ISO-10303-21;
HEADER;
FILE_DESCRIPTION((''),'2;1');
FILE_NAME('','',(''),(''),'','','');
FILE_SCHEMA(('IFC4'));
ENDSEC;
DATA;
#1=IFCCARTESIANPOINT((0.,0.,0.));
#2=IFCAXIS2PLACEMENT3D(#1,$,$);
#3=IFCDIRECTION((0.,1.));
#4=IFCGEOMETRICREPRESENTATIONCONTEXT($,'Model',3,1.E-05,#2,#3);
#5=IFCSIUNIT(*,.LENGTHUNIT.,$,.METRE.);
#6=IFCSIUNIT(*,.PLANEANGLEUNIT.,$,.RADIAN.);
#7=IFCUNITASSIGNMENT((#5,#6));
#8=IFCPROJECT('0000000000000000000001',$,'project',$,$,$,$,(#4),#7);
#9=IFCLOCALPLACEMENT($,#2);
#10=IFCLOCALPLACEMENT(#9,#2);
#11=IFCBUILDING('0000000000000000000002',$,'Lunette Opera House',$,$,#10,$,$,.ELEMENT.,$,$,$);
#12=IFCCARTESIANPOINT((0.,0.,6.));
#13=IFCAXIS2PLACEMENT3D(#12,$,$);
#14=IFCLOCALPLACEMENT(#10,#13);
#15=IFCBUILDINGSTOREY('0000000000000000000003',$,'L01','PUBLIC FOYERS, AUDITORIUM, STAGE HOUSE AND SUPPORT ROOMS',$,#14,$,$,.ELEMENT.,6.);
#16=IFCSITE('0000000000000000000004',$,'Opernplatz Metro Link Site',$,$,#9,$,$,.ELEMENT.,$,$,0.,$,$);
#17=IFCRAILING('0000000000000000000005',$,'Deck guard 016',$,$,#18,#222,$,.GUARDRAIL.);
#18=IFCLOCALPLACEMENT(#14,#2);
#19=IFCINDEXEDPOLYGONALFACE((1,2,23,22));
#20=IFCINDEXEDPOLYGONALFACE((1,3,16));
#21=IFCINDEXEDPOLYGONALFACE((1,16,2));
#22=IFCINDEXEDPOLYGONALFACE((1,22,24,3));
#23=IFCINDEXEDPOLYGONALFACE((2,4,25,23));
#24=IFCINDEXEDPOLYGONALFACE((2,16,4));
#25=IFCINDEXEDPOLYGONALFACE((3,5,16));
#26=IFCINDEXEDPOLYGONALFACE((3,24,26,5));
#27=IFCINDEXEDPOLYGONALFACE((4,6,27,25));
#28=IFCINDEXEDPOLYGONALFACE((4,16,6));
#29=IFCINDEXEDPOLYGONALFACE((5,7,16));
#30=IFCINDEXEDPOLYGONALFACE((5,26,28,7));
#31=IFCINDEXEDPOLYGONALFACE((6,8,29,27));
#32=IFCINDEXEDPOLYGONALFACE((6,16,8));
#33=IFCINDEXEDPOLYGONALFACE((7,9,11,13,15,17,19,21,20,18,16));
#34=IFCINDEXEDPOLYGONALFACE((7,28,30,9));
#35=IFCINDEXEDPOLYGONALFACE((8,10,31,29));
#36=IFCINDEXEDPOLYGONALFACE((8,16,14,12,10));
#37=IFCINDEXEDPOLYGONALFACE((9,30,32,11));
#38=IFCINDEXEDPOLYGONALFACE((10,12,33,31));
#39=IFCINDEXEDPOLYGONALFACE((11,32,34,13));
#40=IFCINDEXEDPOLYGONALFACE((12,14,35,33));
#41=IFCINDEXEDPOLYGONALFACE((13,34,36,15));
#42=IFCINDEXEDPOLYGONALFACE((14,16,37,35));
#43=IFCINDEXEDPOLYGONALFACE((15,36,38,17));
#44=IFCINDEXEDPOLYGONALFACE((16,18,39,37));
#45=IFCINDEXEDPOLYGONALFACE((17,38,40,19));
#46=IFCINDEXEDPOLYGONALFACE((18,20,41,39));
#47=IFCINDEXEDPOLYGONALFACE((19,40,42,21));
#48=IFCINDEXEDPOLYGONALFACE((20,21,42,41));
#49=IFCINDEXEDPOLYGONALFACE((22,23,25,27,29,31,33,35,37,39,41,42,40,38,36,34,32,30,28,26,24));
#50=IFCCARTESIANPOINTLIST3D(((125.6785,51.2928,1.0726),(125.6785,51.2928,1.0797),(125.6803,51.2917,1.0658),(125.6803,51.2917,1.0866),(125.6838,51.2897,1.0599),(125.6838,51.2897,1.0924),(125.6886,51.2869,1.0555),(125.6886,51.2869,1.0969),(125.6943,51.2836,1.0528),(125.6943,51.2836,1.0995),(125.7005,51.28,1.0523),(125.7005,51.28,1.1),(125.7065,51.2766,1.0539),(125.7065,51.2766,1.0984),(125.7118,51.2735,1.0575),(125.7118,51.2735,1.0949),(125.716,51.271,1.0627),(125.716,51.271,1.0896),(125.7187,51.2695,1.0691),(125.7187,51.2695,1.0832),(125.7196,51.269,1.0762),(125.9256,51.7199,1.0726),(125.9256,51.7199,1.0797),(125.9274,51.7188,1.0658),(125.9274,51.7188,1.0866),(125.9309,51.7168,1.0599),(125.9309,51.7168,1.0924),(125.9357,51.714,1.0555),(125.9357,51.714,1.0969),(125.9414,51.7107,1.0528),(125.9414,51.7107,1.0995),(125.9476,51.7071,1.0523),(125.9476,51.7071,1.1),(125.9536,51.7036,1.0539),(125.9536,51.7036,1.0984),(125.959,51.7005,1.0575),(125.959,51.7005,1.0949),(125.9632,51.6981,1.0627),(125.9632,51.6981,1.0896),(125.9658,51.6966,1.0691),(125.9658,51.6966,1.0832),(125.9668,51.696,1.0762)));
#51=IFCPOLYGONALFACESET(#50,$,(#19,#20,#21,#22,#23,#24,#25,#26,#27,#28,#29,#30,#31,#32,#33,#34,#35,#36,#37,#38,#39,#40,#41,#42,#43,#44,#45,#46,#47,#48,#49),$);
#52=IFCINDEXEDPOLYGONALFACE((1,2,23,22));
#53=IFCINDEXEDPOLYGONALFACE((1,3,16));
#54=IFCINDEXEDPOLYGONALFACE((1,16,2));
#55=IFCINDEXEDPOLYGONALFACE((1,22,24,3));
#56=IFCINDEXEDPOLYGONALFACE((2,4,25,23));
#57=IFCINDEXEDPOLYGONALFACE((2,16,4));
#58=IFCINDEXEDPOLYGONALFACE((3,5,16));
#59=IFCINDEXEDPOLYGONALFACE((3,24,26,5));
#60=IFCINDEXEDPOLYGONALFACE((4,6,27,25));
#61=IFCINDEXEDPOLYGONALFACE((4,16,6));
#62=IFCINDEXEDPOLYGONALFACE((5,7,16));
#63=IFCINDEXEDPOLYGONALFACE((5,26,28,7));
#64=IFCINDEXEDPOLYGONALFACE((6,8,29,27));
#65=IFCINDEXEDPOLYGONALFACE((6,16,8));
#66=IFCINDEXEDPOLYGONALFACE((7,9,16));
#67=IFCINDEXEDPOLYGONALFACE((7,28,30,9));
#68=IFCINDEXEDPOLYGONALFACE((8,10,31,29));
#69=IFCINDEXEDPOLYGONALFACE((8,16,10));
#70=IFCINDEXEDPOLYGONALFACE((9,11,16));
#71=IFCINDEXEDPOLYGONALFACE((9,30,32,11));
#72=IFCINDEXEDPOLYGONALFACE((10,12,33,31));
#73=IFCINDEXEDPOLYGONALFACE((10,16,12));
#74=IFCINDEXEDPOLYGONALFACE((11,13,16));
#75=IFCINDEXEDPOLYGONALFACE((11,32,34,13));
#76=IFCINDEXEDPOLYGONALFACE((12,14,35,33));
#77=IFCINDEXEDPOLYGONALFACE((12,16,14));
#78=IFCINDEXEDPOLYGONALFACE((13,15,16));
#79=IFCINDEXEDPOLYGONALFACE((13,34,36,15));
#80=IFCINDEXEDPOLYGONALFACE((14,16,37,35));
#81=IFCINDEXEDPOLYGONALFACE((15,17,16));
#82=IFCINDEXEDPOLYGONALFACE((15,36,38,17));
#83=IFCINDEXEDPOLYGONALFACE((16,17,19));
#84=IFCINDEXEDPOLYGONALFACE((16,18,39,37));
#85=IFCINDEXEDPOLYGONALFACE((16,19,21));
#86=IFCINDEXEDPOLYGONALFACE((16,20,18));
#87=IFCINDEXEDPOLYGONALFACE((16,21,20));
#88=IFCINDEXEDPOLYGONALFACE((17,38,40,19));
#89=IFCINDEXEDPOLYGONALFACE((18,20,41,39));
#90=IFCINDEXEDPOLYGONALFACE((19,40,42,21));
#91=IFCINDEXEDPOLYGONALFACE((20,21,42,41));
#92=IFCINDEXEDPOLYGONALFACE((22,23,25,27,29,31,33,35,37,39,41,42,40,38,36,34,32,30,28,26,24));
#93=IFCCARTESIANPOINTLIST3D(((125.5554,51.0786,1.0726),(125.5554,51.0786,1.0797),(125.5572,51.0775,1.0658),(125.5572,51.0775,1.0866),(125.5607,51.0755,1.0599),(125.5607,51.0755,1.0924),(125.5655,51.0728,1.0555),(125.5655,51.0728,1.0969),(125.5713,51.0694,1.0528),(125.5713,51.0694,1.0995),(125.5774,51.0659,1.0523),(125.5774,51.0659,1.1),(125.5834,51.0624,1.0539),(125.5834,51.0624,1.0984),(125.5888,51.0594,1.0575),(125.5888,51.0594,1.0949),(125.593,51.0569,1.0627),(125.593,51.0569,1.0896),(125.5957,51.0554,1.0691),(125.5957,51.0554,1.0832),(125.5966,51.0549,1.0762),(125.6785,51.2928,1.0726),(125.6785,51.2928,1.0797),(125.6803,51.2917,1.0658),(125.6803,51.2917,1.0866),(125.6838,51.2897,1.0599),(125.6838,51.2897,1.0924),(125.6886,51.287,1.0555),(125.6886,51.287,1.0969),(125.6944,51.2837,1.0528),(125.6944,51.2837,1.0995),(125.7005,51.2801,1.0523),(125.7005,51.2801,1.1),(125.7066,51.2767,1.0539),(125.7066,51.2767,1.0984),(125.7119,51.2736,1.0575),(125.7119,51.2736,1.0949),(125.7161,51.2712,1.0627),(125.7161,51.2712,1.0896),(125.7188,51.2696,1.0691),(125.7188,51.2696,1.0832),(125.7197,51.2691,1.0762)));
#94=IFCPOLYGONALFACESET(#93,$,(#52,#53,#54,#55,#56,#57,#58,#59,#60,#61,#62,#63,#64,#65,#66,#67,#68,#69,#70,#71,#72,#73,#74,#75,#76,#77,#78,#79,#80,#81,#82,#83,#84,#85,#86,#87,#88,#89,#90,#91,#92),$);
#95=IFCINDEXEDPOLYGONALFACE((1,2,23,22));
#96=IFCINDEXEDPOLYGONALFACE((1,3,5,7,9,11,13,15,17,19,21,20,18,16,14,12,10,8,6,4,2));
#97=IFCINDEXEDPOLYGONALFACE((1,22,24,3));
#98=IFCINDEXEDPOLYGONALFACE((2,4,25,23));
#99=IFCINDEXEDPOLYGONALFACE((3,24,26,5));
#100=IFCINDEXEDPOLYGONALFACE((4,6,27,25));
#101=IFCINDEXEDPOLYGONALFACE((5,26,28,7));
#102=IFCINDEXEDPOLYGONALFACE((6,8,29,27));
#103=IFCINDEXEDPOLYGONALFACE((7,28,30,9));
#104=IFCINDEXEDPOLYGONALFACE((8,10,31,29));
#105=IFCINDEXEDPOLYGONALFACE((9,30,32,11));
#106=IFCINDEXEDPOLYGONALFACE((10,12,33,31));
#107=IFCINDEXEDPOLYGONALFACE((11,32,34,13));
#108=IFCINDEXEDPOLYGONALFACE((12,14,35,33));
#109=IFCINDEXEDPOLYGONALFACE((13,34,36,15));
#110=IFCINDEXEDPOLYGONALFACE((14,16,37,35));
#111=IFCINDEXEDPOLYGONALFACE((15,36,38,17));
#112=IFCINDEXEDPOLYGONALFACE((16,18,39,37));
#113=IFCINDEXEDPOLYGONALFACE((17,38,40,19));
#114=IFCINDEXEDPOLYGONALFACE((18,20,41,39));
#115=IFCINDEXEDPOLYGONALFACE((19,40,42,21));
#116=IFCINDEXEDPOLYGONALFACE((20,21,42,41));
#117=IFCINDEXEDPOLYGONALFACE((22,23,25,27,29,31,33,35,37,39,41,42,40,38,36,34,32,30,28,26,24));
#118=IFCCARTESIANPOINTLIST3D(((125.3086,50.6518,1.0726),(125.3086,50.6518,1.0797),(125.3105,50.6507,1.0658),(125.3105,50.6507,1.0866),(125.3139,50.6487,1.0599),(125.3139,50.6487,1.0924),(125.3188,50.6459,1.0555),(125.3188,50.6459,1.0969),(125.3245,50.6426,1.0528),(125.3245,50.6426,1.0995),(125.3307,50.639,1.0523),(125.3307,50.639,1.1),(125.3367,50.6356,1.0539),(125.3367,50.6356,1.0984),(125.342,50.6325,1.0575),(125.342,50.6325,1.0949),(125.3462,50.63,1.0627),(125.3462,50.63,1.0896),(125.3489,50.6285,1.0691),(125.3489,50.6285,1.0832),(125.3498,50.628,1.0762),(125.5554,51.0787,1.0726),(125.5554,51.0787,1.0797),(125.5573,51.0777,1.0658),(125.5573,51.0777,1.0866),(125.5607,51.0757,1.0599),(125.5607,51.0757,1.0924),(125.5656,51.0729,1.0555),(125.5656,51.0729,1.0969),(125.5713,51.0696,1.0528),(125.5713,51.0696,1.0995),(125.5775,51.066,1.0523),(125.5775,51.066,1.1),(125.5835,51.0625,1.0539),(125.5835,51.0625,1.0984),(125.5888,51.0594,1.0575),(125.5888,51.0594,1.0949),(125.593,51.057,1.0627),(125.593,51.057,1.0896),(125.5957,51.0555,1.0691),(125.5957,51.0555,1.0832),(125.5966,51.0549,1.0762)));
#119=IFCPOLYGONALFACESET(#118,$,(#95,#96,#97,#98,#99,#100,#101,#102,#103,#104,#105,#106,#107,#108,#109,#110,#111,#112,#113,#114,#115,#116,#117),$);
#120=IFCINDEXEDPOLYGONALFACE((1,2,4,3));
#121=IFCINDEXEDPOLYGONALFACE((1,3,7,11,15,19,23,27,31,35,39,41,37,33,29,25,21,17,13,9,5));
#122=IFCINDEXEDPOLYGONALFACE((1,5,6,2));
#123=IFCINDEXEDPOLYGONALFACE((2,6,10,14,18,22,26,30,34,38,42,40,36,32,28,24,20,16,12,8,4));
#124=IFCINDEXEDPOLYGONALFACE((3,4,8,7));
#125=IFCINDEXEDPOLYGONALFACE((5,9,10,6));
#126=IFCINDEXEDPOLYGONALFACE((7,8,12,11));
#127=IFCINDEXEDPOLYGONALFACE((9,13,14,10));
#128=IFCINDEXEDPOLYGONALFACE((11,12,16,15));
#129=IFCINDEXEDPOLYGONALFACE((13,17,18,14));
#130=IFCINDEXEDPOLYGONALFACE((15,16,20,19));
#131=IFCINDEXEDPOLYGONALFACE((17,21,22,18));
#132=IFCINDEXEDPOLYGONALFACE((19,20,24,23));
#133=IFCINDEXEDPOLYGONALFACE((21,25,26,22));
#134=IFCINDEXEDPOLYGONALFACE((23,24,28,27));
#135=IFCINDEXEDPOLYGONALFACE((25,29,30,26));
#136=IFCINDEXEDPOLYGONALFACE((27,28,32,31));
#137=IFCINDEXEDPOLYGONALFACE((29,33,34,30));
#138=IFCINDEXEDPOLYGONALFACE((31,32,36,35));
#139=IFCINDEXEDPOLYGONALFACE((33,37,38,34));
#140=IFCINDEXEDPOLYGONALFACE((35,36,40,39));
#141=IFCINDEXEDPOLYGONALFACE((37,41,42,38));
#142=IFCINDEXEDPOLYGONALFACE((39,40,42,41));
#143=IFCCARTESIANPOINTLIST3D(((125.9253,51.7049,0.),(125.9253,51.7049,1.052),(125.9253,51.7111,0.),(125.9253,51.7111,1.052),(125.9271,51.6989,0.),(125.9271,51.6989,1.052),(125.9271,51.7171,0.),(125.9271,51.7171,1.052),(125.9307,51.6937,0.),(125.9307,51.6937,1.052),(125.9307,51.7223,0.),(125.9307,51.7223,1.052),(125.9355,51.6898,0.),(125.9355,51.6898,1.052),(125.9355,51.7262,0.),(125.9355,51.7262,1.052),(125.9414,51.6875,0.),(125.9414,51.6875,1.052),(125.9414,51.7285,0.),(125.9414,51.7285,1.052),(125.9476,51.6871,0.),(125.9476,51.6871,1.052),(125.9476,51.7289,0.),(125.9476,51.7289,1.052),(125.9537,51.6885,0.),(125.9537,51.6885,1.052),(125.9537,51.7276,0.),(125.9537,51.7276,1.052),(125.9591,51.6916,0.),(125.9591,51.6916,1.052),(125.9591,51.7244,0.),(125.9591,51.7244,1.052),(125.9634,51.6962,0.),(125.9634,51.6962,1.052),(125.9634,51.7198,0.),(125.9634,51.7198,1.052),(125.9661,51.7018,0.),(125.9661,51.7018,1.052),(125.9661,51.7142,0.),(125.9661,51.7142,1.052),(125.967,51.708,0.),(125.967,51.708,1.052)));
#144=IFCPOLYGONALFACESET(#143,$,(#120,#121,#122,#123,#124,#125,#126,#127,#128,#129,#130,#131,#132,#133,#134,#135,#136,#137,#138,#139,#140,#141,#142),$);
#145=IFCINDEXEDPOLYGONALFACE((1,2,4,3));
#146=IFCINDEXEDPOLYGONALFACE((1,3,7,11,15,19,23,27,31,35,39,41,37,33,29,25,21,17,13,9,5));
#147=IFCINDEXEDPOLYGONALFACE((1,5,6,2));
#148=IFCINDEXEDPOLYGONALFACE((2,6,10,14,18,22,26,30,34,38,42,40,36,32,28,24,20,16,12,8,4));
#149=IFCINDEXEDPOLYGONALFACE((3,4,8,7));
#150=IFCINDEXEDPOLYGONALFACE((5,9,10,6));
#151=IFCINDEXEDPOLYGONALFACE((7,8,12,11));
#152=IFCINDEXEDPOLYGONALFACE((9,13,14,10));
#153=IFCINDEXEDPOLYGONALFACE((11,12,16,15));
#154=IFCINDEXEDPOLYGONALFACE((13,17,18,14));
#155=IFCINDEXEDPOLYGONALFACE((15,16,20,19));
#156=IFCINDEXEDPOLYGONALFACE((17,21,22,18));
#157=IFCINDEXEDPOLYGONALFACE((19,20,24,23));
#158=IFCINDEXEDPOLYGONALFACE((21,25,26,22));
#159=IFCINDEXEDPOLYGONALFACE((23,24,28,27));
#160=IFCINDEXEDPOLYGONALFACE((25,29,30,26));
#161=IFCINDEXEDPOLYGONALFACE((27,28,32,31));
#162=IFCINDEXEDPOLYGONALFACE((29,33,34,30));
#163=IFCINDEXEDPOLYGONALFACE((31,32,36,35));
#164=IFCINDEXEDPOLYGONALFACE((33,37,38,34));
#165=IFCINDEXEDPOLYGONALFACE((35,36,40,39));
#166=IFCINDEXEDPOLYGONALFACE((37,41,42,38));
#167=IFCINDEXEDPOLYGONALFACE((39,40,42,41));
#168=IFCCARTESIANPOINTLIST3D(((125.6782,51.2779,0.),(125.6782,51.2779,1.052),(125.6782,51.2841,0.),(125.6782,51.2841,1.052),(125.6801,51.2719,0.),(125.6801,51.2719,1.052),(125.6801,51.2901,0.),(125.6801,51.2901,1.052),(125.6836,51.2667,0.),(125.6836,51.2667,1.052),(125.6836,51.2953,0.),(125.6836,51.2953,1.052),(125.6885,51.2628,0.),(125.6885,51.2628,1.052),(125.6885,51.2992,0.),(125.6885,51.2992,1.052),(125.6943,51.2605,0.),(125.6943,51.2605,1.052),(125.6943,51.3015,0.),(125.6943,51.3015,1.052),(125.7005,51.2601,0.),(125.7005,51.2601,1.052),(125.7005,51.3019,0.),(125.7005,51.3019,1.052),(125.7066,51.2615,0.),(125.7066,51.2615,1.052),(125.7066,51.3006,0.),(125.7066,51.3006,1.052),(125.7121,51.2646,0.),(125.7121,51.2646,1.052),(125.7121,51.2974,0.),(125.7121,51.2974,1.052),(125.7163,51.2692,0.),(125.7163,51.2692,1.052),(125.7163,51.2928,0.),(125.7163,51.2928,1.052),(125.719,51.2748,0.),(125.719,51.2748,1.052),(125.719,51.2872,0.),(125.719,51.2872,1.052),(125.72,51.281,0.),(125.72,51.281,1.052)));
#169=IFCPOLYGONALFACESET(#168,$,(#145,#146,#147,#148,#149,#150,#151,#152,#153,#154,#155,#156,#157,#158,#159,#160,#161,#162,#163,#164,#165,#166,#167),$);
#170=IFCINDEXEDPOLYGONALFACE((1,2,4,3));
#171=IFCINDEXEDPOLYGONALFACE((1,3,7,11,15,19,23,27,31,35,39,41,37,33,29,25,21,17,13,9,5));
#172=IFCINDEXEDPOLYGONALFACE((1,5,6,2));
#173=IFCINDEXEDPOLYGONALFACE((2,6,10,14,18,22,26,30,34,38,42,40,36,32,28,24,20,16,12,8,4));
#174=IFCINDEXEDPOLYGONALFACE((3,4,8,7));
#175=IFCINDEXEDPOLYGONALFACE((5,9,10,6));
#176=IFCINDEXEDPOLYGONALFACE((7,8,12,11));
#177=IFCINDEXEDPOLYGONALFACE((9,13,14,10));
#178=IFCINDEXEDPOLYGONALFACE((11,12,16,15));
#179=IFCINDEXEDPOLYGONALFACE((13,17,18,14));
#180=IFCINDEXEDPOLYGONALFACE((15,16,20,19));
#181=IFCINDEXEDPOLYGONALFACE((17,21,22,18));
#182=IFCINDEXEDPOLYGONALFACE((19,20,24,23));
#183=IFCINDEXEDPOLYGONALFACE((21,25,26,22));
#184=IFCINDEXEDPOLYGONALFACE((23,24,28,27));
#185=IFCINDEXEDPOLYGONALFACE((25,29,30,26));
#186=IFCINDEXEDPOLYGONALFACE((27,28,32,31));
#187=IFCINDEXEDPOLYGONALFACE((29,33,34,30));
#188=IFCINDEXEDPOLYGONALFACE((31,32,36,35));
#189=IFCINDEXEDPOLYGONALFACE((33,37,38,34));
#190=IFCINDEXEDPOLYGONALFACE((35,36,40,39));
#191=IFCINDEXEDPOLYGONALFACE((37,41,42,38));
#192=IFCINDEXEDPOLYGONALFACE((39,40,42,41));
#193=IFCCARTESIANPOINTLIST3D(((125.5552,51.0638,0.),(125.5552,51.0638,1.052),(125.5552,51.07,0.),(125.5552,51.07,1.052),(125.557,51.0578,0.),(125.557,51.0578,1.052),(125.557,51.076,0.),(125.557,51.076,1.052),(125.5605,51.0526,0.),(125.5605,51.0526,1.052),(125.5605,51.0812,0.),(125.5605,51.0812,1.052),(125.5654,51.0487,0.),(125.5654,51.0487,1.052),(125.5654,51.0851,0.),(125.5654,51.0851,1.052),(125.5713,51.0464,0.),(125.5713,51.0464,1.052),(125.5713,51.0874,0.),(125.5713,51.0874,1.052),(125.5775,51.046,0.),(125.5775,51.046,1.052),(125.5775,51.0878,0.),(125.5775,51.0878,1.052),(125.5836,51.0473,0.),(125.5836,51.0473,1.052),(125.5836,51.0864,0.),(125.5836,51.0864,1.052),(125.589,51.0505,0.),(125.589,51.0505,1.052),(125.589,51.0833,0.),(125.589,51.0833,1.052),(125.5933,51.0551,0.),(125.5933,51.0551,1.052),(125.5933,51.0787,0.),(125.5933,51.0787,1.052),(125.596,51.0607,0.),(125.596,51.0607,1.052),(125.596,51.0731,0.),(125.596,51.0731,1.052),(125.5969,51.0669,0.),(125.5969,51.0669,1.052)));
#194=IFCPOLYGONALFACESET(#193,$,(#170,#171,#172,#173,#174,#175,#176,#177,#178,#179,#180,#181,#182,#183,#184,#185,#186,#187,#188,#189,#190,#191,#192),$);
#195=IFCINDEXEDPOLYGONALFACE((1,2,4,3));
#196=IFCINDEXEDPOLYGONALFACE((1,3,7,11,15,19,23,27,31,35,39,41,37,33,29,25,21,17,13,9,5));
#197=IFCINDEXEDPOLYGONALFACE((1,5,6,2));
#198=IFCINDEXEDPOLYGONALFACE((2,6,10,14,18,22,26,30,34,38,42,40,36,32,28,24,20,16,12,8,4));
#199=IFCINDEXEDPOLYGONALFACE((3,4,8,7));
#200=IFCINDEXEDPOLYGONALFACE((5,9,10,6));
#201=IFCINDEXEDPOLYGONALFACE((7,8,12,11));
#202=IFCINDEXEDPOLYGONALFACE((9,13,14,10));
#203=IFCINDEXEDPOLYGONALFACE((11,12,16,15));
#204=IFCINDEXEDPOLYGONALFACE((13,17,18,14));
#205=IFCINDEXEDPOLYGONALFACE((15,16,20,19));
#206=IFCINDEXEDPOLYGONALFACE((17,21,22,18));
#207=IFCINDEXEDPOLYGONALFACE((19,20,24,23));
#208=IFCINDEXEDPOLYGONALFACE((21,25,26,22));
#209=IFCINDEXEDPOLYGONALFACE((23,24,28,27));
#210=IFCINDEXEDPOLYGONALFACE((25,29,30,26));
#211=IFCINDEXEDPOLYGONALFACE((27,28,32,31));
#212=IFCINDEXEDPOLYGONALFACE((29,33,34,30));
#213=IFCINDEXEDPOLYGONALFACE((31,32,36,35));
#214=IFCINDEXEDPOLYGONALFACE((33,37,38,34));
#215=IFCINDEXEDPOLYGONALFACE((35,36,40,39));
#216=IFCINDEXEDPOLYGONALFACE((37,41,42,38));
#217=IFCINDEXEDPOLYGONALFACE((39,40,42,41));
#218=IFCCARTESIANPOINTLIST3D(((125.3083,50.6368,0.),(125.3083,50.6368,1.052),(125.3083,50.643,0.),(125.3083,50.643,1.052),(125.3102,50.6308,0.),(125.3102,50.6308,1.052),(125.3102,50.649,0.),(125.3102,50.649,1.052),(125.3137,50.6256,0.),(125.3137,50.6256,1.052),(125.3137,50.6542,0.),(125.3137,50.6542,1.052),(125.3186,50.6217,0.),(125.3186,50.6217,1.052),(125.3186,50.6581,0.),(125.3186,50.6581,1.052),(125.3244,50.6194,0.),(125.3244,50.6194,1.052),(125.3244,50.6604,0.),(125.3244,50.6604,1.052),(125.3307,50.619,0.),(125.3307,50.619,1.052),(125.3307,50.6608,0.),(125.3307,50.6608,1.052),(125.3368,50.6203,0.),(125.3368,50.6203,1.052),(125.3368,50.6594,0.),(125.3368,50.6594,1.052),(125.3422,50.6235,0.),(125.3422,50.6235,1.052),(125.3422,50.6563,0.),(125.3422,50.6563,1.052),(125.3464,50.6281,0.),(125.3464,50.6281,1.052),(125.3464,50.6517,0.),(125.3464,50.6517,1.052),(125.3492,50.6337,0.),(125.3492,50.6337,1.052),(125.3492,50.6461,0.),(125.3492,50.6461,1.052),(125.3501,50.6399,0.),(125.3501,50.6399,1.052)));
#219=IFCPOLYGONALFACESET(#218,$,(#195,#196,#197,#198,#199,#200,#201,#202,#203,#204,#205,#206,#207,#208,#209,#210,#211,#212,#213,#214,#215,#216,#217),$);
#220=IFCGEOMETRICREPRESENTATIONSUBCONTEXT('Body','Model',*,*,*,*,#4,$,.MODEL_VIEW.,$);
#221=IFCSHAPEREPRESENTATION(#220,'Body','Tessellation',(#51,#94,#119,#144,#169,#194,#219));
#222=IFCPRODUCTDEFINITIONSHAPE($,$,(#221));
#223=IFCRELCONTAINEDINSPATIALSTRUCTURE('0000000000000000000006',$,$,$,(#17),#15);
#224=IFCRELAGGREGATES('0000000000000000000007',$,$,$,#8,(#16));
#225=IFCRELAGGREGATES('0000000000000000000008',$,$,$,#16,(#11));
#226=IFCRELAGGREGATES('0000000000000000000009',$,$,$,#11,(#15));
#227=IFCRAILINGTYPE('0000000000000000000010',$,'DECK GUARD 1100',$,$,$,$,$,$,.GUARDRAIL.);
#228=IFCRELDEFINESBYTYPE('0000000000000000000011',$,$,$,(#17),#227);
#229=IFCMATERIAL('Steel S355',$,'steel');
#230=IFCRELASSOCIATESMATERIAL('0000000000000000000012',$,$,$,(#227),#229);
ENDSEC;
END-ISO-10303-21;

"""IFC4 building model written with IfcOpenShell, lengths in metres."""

from ifc_helpers import new_model, si_unit, direction, frame, origin, origin_2d, place, context, subcontext, project, spatial, circle, extrude, material, type_object, element, save


model = new_model("IFC4")

# Units and contexts
model_context = context("Model", 3, precision=1e-05, world=origin(), true_north=direction((0.0, 1.0)))
body_context = subcontext(model_context, "Body", "Model", "MODEL_VIEW")
ifc_project = project(units=[si_unit("LENGTHUNIT", "METRE"), si_unit("PLANEANGLEUNIT", "RADIAN")], contexts=[model_context])

# Site, building, storey
site_placement = place(None, origin())
site = spatial("IfcSite", under=ifc_project, at=site_placement, Name="Opernplatz Metro Link Site", CompositionType="ELEMENT", RefElevation=0.0)
building_placement = place(site_placement, origin())
building = spatial("IfcBuilding", under=site, at=building_placement, Name="Lunette Opera House", CompositionType="ELEMENT")
storey_placement = place(building_placement, frame((0.0, 0.0, 6.0)))
storey = spatial("IfcBuildingStorey", under=building, at=storey_placement, Name="L01", Description="PUBLIC FOYERS, AUDITORIUM, STAGE HOUSE AND SUPPORT ROOMS", CompositionType="ELEMENT", Elevation=6.0)

# Railing
ifc_material_1 = material(Name="Steel S355", Category="steel")
railing_type_1 = type_object("IfcRailingType", Name="DECK GUARD 1100", PredefinedType="GUARDRAIL", material=ifc_material_1)
railing_1_placement = place(storey_placement, frame((125.946, 51.708, 0.0)))
element("IfcRailing", 1, at=railing_1_placement, inside=storey, type_object=railing_type_1, Name="Deck guard 016", PredefinedType="GUARDRAIL", context=body_context, shape_type="SweptSolid", body=[
    extrude(circle(Radius=0.0239, at=origin_2d()), frame((0.0, 0.0, 1.0762), z_axis=(-0.500822, -0.86555, 0.0), x_axis=(0.86555, -0.500822, 0.0)), (0.0, 0.0, 1.0), 0.4934),
    extrude(circle(Radius=0.0239, at=origin_2d()), frame((-0.2471, -0.427, 1.0762), z_axis=(-0.498267, -0.867024, 0.0), x_axis=(0.867024, -0.498267, 0.0)), (0.0, 0.0, 1.0), 0.2471),
    extrude(circle(Radius=0.0239, at=origin_2d()), frame((-0.3701, -0.6411, 1.0762), z_axis=(-0.500451, -0.865765, 0.0), x_axis=(0.865765, -0.500451, 0.0)), (0.0, 0.0, 1.0), 0.4932),
    extrude(circle(Radius=0.021, at=origin_2d()), origin(), (0.0, 0.0, 1.0), 1.052),
    extrude(circle(Radius=0.021, at=origin_2d()), frame((-0.2471, -0.427, 0.0)), (0.0, 0.0, 1.0), 1.052),
    extrude(circle(Radius=0.021, at=origin_2d()), frame((-0.3701, -0.6411, 0.0)), (0.0, 0.0, 1.0), 1.052),
    extrude(circle(Radius=0.021, at=origin_2d()), frame((-0.6169, -1.0681, 0.0)), (0.0, 0.0, 1.0), 1.052),
])

save(model, "model.ifc")
